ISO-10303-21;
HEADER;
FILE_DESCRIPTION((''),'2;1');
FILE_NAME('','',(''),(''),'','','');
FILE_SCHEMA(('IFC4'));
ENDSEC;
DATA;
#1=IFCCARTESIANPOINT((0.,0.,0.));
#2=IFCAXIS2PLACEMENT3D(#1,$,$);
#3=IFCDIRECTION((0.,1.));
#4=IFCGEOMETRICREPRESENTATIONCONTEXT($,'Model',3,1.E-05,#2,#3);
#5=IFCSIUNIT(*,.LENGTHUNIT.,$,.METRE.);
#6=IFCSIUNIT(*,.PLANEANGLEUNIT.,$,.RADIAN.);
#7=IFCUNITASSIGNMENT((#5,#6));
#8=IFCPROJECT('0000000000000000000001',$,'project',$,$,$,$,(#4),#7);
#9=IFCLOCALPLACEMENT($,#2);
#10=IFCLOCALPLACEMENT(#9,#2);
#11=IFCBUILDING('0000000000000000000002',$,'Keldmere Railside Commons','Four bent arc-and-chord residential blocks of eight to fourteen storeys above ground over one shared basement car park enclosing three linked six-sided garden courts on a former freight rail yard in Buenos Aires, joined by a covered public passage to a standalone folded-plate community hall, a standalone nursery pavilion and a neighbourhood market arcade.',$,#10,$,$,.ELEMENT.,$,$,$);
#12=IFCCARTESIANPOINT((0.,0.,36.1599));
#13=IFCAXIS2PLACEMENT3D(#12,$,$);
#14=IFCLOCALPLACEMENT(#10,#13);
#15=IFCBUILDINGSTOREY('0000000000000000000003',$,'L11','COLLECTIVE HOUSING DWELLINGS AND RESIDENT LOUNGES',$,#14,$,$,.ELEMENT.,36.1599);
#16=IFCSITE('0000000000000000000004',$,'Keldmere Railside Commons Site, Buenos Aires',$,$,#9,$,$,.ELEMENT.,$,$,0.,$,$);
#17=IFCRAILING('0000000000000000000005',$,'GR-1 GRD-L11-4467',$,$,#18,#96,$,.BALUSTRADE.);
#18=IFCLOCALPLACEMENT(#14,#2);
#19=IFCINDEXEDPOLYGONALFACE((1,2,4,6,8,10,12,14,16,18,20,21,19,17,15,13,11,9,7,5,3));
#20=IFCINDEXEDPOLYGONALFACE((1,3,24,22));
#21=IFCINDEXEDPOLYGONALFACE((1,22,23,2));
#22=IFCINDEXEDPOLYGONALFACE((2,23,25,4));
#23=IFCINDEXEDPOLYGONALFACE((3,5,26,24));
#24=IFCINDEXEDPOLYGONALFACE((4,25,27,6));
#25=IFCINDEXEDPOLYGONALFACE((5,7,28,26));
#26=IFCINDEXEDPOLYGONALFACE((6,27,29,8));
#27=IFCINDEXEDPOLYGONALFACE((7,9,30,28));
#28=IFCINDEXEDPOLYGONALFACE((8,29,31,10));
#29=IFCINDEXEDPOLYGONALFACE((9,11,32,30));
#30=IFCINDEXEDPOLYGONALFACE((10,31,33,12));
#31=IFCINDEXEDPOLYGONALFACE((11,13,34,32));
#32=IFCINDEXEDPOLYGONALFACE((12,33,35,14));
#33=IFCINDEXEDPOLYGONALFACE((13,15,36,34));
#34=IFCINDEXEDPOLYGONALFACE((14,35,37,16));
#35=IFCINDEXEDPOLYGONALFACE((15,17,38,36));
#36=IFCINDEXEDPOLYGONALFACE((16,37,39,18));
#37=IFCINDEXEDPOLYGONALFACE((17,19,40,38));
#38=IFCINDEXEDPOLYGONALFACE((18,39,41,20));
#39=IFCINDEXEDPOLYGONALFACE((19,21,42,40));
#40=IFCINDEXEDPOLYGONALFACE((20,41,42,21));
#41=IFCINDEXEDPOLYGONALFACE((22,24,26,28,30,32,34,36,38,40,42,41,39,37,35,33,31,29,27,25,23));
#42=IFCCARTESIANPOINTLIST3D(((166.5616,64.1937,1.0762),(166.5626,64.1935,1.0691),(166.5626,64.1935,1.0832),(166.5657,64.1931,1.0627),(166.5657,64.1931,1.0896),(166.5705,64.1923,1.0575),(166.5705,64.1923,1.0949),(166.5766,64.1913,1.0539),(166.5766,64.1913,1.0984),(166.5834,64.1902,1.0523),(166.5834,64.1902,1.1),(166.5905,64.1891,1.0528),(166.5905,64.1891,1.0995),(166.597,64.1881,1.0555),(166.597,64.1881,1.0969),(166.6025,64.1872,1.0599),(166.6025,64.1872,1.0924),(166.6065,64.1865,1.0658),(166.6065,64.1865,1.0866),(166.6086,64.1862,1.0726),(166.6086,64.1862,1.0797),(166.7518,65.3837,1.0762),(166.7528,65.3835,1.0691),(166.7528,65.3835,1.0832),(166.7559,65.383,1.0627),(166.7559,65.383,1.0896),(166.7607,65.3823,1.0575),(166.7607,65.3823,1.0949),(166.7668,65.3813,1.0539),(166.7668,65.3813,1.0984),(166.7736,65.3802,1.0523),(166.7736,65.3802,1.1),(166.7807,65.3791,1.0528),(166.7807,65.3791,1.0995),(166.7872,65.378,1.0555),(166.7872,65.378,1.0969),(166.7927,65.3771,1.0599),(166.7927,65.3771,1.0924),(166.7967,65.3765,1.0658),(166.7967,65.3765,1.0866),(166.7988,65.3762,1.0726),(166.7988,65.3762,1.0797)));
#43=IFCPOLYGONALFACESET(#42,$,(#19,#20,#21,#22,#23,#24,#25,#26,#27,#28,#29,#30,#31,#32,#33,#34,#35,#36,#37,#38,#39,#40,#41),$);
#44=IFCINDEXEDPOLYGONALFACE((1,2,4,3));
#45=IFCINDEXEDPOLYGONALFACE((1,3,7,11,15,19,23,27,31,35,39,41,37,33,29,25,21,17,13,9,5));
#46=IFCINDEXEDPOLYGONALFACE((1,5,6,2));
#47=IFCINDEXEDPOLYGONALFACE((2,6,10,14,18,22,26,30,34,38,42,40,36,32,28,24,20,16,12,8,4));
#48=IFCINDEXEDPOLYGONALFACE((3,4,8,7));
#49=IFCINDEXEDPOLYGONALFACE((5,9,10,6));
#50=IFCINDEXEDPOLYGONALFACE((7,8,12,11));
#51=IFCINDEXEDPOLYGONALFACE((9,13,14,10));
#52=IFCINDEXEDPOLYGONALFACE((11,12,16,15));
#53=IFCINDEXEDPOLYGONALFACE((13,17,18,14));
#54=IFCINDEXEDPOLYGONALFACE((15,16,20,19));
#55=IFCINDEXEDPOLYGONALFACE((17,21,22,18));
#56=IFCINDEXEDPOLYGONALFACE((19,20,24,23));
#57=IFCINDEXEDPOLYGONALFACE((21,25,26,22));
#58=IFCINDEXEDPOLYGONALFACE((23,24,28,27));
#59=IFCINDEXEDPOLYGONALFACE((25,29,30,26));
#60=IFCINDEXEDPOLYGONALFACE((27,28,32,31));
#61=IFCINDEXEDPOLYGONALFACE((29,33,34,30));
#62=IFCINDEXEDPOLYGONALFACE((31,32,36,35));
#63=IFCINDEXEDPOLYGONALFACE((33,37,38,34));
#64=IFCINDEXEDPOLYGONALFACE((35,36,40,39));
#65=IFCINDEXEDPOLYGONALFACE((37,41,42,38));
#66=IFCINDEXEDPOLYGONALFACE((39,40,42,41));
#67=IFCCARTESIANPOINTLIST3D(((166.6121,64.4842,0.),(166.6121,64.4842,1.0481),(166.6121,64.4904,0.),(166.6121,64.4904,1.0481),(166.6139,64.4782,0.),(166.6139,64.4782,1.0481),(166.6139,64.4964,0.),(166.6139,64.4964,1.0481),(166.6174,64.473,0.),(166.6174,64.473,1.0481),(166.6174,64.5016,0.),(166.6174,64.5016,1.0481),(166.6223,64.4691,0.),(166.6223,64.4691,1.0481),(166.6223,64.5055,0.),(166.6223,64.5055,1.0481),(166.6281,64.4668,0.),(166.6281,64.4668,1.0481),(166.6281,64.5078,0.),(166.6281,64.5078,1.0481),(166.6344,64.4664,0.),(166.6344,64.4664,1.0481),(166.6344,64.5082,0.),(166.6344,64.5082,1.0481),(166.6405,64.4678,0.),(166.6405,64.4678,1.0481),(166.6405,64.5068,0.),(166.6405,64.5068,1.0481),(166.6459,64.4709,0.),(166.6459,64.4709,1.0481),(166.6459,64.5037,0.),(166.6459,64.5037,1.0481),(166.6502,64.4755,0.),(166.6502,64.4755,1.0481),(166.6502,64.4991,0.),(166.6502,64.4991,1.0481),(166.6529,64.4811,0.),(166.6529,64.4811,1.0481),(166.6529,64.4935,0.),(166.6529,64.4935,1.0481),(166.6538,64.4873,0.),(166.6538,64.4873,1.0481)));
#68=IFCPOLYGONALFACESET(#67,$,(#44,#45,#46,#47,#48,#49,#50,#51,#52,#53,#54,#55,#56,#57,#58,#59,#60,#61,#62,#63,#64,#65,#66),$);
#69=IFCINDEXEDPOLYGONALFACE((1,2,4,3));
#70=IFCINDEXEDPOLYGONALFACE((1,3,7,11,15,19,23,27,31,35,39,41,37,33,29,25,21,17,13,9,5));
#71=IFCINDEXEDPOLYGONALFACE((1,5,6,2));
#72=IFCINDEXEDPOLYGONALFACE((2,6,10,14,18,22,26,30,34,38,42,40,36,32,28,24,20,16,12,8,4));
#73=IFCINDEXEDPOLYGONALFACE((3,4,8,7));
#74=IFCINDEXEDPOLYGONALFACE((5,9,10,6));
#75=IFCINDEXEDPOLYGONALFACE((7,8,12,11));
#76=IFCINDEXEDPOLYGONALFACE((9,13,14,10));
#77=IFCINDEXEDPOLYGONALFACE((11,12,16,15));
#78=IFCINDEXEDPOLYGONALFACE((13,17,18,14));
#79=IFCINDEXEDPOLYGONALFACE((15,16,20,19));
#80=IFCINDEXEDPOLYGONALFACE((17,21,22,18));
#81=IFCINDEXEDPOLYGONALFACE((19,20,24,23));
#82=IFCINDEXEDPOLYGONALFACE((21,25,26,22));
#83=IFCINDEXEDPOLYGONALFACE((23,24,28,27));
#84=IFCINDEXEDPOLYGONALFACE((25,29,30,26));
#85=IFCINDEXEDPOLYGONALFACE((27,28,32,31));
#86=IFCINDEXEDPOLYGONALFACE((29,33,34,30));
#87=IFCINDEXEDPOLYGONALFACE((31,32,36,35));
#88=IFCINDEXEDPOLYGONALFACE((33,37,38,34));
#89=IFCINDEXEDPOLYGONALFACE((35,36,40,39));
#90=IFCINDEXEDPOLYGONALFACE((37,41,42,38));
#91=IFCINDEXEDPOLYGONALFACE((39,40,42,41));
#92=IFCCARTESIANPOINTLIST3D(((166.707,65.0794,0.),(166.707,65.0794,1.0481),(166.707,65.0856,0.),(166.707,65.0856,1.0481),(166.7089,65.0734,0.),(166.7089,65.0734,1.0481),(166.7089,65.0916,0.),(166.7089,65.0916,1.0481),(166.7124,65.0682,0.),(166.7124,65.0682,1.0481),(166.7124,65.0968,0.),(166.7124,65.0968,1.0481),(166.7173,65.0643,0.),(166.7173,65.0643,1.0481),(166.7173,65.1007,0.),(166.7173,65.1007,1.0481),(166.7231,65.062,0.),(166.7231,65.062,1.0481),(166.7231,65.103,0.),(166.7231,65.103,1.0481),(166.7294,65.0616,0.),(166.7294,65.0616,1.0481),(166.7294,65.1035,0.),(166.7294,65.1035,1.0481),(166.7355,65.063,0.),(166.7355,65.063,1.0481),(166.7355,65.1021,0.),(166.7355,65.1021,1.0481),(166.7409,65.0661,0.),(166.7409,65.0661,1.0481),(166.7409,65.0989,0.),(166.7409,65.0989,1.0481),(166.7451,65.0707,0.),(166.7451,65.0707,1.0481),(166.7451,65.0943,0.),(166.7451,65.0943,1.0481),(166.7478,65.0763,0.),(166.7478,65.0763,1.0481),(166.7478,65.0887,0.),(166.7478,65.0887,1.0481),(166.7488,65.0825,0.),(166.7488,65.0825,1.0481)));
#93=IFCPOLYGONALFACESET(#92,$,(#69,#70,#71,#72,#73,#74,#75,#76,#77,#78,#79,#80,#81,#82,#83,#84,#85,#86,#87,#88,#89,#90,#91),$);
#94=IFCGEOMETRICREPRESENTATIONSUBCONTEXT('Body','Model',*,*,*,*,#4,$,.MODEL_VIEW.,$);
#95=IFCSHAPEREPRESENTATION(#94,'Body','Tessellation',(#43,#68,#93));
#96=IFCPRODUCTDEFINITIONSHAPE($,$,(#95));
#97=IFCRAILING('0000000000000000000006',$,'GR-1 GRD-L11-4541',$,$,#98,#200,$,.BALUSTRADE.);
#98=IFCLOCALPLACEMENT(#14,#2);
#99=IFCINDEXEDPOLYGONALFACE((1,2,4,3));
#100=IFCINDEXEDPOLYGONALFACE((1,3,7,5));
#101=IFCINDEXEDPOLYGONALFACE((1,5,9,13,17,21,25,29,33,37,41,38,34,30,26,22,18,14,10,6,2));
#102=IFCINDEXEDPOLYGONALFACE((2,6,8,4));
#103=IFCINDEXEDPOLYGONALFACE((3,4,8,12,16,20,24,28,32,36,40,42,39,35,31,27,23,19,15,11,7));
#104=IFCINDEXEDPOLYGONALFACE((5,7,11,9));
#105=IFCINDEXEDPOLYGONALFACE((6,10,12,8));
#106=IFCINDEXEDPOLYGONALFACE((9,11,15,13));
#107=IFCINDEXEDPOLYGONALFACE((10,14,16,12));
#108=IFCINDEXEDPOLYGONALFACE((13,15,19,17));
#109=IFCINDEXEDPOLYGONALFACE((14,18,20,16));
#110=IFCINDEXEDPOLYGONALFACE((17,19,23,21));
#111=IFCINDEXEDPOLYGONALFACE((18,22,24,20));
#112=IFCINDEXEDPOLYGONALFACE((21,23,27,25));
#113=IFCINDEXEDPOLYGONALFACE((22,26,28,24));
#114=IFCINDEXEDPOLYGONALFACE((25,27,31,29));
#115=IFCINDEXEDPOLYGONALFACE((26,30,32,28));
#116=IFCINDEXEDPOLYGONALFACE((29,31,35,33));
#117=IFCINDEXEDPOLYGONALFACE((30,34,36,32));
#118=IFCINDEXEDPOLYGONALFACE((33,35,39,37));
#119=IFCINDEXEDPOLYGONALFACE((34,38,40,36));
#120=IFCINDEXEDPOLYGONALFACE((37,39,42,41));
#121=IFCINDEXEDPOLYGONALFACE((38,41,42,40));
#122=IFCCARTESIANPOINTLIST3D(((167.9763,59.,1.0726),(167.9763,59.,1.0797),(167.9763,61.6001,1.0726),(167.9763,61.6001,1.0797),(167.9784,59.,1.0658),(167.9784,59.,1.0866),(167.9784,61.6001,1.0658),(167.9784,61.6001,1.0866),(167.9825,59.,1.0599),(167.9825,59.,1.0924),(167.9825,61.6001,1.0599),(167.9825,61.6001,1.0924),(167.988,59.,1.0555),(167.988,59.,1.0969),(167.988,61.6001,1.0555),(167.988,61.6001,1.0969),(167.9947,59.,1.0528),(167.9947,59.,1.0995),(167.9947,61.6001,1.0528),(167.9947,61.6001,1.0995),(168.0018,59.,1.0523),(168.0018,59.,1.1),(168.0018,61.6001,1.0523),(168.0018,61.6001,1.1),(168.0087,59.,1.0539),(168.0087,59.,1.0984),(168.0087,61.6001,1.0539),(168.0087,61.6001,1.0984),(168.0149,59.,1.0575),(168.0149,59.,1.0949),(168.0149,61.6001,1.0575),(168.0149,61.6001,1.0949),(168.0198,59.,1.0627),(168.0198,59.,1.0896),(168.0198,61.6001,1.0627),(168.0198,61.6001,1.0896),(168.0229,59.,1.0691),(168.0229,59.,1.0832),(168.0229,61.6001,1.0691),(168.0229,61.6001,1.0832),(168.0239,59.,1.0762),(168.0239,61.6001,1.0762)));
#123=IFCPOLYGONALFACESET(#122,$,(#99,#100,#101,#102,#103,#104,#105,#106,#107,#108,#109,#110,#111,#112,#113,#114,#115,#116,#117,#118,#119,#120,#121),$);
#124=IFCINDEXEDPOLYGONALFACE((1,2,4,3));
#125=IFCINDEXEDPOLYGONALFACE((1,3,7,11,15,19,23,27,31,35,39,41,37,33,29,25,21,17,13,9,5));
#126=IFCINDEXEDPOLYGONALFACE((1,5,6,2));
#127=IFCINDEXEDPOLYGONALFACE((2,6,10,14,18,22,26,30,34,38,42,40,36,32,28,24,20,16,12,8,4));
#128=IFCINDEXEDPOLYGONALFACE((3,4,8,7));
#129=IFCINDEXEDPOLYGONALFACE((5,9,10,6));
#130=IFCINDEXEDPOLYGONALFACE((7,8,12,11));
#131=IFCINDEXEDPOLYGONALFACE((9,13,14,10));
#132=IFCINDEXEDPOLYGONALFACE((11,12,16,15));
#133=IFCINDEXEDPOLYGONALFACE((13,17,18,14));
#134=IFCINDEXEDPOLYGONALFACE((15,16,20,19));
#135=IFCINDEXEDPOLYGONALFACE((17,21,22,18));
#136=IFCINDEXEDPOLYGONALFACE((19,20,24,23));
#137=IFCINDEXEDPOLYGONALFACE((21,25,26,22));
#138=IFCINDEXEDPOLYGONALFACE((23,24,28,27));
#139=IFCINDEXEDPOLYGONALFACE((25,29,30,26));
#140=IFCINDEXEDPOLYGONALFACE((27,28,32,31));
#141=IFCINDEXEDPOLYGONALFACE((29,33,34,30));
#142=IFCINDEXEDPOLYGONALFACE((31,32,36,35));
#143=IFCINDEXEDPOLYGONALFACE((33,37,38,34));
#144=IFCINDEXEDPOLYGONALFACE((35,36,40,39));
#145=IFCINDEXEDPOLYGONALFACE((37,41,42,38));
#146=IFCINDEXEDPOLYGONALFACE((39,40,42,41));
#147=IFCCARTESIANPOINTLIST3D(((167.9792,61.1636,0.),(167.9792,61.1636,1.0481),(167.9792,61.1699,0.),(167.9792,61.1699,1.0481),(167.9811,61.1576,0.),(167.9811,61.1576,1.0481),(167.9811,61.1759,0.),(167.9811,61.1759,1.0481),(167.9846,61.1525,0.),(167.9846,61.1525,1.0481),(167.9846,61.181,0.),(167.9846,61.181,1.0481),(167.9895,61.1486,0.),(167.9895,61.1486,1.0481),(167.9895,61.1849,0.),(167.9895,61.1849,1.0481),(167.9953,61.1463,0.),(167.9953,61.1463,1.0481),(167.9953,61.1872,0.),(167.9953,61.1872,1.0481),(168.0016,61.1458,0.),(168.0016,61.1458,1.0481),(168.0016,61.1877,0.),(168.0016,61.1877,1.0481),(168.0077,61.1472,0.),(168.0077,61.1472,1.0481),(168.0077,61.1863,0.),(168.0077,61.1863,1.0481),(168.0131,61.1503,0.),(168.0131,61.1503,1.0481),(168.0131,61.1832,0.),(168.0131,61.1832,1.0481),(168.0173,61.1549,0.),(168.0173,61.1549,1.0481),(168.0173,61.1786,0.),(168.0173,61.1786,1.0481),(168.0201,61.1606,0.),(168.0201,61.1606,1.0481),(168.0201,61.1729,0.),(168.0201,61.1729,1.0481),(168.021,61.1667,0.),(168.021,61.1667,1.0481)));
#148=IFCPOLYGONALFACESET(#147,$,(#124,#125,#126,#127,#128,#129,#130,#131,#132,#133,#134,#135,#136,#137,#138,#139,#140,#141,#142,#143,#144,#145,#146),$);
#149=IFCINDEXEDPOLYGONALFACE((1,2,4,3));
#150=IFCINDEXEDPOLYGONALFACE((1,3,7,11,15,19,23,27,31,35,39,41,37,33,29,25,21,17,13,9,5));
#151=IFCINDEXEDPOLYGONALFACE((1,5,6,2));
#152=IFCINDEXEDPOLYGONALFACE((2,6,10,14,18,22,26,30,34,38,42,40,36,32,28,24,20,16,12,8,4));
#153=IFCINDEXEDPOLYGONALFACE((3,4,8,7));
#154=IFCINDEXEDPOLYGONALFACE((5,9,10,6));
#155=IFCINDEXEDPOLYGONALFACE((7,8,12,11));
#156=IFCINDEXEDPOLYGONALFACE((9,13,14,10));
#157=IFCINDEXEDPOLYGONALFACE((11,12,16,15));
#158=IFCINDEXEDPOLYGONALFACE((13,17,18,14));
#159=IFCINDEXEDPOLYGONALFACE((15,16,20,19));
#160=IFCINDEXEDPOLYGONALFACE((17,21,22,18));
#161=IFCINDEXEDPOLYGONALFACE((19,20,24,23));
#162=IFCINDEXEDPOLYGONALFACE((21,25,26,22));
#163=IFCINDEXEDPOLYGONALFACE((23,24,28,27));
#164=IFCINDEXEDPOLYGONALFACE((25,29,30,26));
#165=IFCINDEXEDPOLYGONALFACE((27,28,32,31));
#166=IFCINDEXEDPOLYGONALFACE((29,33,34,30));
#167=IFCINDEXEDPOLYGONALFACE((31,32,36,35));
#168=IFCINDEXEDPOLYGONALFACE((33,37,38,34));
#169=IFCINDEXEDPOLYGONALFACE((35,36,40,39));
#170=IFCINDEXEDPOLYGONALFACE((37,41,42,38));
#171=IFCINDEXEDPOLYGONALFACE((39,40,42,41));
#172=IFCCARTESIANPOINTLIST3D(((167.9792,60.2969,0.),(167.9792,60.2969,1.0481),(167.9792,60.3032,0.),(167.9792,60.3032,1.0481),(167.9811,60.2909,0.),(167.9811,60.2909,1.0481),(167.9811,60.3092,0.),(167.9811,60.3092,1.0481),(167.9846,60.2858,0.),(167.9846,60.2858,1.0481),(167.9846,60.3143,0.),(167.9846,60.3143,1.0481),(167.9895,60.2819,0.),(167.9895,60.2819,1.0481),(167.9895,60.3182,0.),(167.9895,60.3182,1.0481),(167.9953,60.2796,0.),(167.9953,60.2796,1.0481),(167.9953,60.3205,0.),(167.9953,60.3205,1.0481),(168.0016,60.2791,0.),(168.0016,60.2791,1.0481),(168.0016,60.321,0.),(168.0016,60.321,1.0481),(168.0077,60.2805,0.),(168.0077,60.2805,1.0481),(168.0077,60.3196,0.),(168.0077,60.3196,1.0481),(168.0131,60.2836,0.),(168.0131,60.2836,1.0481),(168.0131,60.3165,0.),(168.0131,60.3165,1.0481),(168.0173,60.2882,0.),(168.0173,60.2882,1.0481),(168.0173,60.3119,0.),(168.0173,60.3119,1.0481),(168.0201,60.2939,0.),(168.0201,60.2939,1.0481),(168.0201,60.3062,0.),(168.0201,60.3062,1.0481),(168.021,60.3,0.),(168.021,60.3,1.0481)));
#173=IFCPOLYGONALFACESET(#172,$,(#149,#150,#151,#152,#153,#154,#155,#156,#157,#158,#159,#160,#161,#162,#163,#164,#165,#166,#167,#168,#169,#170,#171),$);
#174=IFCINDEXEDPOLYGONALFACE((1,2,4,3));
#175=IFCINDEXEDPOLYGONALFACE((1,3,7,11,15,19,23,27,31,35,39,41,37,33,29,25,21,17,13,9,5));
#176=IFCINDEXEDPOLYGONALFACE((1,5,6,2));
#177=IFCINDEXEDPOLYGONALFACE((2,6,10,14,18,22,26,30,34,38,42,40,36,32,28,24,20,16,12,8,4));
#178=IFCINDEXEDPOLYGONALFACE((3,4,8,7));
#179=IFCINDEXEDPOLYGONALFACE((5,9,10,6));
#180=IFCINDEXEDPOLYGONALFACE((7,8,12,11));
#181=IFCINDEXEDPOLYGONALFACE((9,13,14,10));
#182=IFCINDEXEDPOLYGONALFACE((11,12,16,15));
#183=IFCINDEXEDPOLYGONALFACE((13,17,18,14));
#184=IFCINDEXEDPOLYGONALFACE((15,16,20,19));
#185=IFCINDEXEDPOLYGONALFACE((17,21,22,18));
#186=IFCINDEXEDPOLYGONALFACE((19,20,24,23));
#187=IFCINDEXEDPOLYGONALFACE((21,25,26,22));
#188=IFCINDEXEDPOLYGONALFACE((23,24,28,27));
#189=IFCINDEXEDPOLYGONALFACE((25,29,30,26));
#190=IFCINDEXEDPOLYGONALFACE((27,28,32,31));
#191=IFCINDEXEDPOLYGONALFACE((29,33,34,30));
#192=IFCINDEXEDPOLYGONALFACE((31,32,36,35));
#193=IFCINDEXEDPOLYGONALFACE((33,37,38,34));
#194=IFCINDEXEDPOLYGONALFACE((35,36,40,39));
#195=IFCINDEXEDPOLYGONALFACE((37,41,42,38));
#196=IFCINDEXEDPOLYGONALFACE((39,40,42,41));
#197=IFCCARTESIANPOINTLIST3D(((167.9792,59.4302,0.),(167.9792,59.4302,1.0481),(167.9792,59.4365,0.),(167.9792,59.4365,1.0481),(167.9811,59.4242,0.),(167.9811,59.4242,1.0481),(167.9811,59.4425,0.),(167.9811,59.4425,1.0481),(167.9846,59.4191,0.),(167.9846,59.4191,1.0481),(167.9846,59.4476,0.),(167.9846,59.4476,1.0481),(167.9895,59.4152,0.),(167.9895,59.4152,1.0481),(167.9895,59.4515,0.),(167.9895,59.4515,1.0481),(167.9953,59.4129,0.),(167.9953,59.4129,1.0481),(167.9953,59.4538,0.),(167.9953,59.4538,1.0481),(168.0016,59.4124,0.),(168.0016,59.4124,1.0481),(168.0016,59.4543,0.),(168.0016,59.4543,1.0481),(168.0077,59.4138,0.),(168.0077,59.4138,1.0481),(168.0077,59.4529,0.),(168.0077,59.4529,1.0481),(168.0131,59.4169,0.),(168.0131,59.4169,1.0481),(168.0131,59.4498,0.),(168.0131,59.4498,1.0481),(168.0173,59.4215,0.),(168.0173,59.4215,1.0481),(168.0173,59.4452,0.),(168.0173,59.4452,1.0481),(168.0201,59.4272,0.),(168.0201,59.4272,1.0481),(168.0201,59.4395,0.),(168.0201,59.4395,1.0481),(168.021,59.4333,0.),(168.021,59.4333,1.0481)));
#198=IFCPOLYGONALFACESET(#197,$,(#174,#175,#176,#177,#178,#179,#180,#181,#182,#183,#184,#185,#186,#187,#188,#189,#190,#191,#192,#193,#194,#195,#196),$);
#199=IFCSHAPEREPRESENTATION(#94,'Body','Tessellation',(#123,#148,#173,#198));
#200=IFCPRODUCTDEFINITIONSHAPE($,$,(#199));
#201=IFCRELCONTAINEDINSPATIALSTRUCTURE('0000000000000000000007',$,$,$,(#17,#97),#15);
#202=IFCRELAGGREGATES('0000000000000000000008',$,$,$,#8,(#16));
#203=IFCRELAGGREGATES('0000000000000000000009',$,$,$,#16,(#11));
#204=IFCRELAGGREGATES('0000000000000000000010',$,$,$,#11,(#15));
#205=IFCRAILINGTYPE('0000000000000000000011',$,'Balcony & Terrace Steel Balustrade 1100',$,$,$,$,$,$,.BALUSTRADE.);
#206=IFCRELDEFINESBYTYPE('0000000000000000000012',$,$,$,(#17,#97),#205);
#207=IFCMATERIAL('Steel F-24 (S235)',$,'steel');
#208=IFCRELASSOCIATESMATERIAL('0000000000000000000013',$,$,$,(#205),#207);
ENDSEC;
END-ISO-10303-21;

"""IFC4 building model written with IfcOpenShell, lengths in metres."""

from ifc_helpers import new_model, si_unit, direction, frame, origin, origin_2d, place, context, subcontext, project, spatial, circle, extrude, material, type_object, element, save


model = new_model("IFC4")

# Units and contexts
model_context = context("Model", 3, precision=1e-05, world=origin(), true_north=direction((0.0, 1.0)))
body_context = subcontext(model_context, "Body", "Model", "MODEL_VIEW")
ifc_project = project(units=[si_unit("LENGTHUNIT", "METRE"), si_unit("PLANEANGLEUNIT", "RADIAN")], contexts=[model_context])

# Site, building, storey
site_placement = place(None, origin())
site = spatial("IfcSite", under=ifc_project, at=site_placement, Name="Keldmere Railside Commons Site, Buenos Aires", CompositionType="ELEMENT", RefElevation=0.0)
building_placement = place(site_placement, origin())
building = spatial("IfcBuilding", under=site, at=building_placement, Name="Keldmere Railside Commons", Description="Four bent arc-and-chord residential blocks of eight to fourteen storeys above ground over one shared basement car park enclosing three linked six-sided garden courts on a former freight rail yard in Buenos Aires, joined by a covered public passage to a standalone folded-plate community hall, a standalone nursery pavilion and a neighbourhood market arcade.", CompositionType="ELEMENT")
storey_placement = place(building_placement, frame((0.0, 0.0, 36.1599)))
storey = spatial("IfcBuildingStorey", under=building, at=storey_placement, Name="L11", Description="COLLECTIVE HOUSING DWELLINGS AND RESIDENT LOUNGES", CompositionType="ELEMENT", Elevation=36.1599)

# Railings
ifc_material_1 = material(Name="Steel F-24 (S235)", Category="steel")
railing_type = type_object("IfcRailingType", Name="Balcony & Terrace Steel Balustrade 1100", PredefinedType="BALUSTRADE", material=ifc_material_1)
railing_1_placement = place(storey_placement, frame((166.5852, 64.1899, 0.0)))
element("IfcRailing", 1, at=railing_1_placement, inside=storey, type_object=railing_type, Name="GR-1 GRD-L11-4467", PredefinedType="BALUSTRADE", context=body_context, shape_type="SweptSolid", body=[
    extrude(circle(Radius=0.0239, at=origin_2d()), frame((0.0, 0.0, 1.0762), z_axis=(0.157825, 0.987467, 0.0), x_axis=(-0.987467, 0.157825, 0.0)), (0.0, 0.0, 1.0), 1.2051),
    extrude(circle(Radius=0.021, at=origin_2d()), frame((0.0476, 0.2974, 0.0)), (0.0, 0.0, 1.0), 1.0481),
    extrude(circle(Radius=0.021, at=origin_2d()), frame((0.1426, 0.8926, 0.0)), (0.0, 0.0, 1.0), 1.0481),
])
railing_2_placement = place(storey_placement, frame((168.0, 61.6001, 0.0)))
element("IfcRailing", 2, at=railing_2_placement, inside=storey, type_object=railing_type, Name="GR-1 GRD-L11-4541", PredefinedType="BALUSTRADE", context=body_context, shape_type="SweptSolid", body=[
    extrude(circle(Radius=0.0239, at=origin_2d()), frame((0.0, 0.0, 1.0762), z_axis=(0.0, -1.0, 0.0), x_axis=(1.0, 0.0, 0.0)), (0.0, 0.0, 1.0), 2.6001),
    extrude(circle(Radius=0.021, at=origin_2d()), frame((0.0, -0.4333, 0.0)), (0.0, 0.0, 1.0), 1.0481),
    extrude(circle(Radius=0.021, at=origin_2d()), frame((0.0, -1.3, 0.0)), (0.0, 0.0, 1.0), 1.0481),
    extrude(circle(Radius=0.021, at=origin_2d()), frame((0.0, -2.1667, 0.0)), (0.0, 0.0, 1.0), 1.0481),
])

save(model, "model.ifc")
